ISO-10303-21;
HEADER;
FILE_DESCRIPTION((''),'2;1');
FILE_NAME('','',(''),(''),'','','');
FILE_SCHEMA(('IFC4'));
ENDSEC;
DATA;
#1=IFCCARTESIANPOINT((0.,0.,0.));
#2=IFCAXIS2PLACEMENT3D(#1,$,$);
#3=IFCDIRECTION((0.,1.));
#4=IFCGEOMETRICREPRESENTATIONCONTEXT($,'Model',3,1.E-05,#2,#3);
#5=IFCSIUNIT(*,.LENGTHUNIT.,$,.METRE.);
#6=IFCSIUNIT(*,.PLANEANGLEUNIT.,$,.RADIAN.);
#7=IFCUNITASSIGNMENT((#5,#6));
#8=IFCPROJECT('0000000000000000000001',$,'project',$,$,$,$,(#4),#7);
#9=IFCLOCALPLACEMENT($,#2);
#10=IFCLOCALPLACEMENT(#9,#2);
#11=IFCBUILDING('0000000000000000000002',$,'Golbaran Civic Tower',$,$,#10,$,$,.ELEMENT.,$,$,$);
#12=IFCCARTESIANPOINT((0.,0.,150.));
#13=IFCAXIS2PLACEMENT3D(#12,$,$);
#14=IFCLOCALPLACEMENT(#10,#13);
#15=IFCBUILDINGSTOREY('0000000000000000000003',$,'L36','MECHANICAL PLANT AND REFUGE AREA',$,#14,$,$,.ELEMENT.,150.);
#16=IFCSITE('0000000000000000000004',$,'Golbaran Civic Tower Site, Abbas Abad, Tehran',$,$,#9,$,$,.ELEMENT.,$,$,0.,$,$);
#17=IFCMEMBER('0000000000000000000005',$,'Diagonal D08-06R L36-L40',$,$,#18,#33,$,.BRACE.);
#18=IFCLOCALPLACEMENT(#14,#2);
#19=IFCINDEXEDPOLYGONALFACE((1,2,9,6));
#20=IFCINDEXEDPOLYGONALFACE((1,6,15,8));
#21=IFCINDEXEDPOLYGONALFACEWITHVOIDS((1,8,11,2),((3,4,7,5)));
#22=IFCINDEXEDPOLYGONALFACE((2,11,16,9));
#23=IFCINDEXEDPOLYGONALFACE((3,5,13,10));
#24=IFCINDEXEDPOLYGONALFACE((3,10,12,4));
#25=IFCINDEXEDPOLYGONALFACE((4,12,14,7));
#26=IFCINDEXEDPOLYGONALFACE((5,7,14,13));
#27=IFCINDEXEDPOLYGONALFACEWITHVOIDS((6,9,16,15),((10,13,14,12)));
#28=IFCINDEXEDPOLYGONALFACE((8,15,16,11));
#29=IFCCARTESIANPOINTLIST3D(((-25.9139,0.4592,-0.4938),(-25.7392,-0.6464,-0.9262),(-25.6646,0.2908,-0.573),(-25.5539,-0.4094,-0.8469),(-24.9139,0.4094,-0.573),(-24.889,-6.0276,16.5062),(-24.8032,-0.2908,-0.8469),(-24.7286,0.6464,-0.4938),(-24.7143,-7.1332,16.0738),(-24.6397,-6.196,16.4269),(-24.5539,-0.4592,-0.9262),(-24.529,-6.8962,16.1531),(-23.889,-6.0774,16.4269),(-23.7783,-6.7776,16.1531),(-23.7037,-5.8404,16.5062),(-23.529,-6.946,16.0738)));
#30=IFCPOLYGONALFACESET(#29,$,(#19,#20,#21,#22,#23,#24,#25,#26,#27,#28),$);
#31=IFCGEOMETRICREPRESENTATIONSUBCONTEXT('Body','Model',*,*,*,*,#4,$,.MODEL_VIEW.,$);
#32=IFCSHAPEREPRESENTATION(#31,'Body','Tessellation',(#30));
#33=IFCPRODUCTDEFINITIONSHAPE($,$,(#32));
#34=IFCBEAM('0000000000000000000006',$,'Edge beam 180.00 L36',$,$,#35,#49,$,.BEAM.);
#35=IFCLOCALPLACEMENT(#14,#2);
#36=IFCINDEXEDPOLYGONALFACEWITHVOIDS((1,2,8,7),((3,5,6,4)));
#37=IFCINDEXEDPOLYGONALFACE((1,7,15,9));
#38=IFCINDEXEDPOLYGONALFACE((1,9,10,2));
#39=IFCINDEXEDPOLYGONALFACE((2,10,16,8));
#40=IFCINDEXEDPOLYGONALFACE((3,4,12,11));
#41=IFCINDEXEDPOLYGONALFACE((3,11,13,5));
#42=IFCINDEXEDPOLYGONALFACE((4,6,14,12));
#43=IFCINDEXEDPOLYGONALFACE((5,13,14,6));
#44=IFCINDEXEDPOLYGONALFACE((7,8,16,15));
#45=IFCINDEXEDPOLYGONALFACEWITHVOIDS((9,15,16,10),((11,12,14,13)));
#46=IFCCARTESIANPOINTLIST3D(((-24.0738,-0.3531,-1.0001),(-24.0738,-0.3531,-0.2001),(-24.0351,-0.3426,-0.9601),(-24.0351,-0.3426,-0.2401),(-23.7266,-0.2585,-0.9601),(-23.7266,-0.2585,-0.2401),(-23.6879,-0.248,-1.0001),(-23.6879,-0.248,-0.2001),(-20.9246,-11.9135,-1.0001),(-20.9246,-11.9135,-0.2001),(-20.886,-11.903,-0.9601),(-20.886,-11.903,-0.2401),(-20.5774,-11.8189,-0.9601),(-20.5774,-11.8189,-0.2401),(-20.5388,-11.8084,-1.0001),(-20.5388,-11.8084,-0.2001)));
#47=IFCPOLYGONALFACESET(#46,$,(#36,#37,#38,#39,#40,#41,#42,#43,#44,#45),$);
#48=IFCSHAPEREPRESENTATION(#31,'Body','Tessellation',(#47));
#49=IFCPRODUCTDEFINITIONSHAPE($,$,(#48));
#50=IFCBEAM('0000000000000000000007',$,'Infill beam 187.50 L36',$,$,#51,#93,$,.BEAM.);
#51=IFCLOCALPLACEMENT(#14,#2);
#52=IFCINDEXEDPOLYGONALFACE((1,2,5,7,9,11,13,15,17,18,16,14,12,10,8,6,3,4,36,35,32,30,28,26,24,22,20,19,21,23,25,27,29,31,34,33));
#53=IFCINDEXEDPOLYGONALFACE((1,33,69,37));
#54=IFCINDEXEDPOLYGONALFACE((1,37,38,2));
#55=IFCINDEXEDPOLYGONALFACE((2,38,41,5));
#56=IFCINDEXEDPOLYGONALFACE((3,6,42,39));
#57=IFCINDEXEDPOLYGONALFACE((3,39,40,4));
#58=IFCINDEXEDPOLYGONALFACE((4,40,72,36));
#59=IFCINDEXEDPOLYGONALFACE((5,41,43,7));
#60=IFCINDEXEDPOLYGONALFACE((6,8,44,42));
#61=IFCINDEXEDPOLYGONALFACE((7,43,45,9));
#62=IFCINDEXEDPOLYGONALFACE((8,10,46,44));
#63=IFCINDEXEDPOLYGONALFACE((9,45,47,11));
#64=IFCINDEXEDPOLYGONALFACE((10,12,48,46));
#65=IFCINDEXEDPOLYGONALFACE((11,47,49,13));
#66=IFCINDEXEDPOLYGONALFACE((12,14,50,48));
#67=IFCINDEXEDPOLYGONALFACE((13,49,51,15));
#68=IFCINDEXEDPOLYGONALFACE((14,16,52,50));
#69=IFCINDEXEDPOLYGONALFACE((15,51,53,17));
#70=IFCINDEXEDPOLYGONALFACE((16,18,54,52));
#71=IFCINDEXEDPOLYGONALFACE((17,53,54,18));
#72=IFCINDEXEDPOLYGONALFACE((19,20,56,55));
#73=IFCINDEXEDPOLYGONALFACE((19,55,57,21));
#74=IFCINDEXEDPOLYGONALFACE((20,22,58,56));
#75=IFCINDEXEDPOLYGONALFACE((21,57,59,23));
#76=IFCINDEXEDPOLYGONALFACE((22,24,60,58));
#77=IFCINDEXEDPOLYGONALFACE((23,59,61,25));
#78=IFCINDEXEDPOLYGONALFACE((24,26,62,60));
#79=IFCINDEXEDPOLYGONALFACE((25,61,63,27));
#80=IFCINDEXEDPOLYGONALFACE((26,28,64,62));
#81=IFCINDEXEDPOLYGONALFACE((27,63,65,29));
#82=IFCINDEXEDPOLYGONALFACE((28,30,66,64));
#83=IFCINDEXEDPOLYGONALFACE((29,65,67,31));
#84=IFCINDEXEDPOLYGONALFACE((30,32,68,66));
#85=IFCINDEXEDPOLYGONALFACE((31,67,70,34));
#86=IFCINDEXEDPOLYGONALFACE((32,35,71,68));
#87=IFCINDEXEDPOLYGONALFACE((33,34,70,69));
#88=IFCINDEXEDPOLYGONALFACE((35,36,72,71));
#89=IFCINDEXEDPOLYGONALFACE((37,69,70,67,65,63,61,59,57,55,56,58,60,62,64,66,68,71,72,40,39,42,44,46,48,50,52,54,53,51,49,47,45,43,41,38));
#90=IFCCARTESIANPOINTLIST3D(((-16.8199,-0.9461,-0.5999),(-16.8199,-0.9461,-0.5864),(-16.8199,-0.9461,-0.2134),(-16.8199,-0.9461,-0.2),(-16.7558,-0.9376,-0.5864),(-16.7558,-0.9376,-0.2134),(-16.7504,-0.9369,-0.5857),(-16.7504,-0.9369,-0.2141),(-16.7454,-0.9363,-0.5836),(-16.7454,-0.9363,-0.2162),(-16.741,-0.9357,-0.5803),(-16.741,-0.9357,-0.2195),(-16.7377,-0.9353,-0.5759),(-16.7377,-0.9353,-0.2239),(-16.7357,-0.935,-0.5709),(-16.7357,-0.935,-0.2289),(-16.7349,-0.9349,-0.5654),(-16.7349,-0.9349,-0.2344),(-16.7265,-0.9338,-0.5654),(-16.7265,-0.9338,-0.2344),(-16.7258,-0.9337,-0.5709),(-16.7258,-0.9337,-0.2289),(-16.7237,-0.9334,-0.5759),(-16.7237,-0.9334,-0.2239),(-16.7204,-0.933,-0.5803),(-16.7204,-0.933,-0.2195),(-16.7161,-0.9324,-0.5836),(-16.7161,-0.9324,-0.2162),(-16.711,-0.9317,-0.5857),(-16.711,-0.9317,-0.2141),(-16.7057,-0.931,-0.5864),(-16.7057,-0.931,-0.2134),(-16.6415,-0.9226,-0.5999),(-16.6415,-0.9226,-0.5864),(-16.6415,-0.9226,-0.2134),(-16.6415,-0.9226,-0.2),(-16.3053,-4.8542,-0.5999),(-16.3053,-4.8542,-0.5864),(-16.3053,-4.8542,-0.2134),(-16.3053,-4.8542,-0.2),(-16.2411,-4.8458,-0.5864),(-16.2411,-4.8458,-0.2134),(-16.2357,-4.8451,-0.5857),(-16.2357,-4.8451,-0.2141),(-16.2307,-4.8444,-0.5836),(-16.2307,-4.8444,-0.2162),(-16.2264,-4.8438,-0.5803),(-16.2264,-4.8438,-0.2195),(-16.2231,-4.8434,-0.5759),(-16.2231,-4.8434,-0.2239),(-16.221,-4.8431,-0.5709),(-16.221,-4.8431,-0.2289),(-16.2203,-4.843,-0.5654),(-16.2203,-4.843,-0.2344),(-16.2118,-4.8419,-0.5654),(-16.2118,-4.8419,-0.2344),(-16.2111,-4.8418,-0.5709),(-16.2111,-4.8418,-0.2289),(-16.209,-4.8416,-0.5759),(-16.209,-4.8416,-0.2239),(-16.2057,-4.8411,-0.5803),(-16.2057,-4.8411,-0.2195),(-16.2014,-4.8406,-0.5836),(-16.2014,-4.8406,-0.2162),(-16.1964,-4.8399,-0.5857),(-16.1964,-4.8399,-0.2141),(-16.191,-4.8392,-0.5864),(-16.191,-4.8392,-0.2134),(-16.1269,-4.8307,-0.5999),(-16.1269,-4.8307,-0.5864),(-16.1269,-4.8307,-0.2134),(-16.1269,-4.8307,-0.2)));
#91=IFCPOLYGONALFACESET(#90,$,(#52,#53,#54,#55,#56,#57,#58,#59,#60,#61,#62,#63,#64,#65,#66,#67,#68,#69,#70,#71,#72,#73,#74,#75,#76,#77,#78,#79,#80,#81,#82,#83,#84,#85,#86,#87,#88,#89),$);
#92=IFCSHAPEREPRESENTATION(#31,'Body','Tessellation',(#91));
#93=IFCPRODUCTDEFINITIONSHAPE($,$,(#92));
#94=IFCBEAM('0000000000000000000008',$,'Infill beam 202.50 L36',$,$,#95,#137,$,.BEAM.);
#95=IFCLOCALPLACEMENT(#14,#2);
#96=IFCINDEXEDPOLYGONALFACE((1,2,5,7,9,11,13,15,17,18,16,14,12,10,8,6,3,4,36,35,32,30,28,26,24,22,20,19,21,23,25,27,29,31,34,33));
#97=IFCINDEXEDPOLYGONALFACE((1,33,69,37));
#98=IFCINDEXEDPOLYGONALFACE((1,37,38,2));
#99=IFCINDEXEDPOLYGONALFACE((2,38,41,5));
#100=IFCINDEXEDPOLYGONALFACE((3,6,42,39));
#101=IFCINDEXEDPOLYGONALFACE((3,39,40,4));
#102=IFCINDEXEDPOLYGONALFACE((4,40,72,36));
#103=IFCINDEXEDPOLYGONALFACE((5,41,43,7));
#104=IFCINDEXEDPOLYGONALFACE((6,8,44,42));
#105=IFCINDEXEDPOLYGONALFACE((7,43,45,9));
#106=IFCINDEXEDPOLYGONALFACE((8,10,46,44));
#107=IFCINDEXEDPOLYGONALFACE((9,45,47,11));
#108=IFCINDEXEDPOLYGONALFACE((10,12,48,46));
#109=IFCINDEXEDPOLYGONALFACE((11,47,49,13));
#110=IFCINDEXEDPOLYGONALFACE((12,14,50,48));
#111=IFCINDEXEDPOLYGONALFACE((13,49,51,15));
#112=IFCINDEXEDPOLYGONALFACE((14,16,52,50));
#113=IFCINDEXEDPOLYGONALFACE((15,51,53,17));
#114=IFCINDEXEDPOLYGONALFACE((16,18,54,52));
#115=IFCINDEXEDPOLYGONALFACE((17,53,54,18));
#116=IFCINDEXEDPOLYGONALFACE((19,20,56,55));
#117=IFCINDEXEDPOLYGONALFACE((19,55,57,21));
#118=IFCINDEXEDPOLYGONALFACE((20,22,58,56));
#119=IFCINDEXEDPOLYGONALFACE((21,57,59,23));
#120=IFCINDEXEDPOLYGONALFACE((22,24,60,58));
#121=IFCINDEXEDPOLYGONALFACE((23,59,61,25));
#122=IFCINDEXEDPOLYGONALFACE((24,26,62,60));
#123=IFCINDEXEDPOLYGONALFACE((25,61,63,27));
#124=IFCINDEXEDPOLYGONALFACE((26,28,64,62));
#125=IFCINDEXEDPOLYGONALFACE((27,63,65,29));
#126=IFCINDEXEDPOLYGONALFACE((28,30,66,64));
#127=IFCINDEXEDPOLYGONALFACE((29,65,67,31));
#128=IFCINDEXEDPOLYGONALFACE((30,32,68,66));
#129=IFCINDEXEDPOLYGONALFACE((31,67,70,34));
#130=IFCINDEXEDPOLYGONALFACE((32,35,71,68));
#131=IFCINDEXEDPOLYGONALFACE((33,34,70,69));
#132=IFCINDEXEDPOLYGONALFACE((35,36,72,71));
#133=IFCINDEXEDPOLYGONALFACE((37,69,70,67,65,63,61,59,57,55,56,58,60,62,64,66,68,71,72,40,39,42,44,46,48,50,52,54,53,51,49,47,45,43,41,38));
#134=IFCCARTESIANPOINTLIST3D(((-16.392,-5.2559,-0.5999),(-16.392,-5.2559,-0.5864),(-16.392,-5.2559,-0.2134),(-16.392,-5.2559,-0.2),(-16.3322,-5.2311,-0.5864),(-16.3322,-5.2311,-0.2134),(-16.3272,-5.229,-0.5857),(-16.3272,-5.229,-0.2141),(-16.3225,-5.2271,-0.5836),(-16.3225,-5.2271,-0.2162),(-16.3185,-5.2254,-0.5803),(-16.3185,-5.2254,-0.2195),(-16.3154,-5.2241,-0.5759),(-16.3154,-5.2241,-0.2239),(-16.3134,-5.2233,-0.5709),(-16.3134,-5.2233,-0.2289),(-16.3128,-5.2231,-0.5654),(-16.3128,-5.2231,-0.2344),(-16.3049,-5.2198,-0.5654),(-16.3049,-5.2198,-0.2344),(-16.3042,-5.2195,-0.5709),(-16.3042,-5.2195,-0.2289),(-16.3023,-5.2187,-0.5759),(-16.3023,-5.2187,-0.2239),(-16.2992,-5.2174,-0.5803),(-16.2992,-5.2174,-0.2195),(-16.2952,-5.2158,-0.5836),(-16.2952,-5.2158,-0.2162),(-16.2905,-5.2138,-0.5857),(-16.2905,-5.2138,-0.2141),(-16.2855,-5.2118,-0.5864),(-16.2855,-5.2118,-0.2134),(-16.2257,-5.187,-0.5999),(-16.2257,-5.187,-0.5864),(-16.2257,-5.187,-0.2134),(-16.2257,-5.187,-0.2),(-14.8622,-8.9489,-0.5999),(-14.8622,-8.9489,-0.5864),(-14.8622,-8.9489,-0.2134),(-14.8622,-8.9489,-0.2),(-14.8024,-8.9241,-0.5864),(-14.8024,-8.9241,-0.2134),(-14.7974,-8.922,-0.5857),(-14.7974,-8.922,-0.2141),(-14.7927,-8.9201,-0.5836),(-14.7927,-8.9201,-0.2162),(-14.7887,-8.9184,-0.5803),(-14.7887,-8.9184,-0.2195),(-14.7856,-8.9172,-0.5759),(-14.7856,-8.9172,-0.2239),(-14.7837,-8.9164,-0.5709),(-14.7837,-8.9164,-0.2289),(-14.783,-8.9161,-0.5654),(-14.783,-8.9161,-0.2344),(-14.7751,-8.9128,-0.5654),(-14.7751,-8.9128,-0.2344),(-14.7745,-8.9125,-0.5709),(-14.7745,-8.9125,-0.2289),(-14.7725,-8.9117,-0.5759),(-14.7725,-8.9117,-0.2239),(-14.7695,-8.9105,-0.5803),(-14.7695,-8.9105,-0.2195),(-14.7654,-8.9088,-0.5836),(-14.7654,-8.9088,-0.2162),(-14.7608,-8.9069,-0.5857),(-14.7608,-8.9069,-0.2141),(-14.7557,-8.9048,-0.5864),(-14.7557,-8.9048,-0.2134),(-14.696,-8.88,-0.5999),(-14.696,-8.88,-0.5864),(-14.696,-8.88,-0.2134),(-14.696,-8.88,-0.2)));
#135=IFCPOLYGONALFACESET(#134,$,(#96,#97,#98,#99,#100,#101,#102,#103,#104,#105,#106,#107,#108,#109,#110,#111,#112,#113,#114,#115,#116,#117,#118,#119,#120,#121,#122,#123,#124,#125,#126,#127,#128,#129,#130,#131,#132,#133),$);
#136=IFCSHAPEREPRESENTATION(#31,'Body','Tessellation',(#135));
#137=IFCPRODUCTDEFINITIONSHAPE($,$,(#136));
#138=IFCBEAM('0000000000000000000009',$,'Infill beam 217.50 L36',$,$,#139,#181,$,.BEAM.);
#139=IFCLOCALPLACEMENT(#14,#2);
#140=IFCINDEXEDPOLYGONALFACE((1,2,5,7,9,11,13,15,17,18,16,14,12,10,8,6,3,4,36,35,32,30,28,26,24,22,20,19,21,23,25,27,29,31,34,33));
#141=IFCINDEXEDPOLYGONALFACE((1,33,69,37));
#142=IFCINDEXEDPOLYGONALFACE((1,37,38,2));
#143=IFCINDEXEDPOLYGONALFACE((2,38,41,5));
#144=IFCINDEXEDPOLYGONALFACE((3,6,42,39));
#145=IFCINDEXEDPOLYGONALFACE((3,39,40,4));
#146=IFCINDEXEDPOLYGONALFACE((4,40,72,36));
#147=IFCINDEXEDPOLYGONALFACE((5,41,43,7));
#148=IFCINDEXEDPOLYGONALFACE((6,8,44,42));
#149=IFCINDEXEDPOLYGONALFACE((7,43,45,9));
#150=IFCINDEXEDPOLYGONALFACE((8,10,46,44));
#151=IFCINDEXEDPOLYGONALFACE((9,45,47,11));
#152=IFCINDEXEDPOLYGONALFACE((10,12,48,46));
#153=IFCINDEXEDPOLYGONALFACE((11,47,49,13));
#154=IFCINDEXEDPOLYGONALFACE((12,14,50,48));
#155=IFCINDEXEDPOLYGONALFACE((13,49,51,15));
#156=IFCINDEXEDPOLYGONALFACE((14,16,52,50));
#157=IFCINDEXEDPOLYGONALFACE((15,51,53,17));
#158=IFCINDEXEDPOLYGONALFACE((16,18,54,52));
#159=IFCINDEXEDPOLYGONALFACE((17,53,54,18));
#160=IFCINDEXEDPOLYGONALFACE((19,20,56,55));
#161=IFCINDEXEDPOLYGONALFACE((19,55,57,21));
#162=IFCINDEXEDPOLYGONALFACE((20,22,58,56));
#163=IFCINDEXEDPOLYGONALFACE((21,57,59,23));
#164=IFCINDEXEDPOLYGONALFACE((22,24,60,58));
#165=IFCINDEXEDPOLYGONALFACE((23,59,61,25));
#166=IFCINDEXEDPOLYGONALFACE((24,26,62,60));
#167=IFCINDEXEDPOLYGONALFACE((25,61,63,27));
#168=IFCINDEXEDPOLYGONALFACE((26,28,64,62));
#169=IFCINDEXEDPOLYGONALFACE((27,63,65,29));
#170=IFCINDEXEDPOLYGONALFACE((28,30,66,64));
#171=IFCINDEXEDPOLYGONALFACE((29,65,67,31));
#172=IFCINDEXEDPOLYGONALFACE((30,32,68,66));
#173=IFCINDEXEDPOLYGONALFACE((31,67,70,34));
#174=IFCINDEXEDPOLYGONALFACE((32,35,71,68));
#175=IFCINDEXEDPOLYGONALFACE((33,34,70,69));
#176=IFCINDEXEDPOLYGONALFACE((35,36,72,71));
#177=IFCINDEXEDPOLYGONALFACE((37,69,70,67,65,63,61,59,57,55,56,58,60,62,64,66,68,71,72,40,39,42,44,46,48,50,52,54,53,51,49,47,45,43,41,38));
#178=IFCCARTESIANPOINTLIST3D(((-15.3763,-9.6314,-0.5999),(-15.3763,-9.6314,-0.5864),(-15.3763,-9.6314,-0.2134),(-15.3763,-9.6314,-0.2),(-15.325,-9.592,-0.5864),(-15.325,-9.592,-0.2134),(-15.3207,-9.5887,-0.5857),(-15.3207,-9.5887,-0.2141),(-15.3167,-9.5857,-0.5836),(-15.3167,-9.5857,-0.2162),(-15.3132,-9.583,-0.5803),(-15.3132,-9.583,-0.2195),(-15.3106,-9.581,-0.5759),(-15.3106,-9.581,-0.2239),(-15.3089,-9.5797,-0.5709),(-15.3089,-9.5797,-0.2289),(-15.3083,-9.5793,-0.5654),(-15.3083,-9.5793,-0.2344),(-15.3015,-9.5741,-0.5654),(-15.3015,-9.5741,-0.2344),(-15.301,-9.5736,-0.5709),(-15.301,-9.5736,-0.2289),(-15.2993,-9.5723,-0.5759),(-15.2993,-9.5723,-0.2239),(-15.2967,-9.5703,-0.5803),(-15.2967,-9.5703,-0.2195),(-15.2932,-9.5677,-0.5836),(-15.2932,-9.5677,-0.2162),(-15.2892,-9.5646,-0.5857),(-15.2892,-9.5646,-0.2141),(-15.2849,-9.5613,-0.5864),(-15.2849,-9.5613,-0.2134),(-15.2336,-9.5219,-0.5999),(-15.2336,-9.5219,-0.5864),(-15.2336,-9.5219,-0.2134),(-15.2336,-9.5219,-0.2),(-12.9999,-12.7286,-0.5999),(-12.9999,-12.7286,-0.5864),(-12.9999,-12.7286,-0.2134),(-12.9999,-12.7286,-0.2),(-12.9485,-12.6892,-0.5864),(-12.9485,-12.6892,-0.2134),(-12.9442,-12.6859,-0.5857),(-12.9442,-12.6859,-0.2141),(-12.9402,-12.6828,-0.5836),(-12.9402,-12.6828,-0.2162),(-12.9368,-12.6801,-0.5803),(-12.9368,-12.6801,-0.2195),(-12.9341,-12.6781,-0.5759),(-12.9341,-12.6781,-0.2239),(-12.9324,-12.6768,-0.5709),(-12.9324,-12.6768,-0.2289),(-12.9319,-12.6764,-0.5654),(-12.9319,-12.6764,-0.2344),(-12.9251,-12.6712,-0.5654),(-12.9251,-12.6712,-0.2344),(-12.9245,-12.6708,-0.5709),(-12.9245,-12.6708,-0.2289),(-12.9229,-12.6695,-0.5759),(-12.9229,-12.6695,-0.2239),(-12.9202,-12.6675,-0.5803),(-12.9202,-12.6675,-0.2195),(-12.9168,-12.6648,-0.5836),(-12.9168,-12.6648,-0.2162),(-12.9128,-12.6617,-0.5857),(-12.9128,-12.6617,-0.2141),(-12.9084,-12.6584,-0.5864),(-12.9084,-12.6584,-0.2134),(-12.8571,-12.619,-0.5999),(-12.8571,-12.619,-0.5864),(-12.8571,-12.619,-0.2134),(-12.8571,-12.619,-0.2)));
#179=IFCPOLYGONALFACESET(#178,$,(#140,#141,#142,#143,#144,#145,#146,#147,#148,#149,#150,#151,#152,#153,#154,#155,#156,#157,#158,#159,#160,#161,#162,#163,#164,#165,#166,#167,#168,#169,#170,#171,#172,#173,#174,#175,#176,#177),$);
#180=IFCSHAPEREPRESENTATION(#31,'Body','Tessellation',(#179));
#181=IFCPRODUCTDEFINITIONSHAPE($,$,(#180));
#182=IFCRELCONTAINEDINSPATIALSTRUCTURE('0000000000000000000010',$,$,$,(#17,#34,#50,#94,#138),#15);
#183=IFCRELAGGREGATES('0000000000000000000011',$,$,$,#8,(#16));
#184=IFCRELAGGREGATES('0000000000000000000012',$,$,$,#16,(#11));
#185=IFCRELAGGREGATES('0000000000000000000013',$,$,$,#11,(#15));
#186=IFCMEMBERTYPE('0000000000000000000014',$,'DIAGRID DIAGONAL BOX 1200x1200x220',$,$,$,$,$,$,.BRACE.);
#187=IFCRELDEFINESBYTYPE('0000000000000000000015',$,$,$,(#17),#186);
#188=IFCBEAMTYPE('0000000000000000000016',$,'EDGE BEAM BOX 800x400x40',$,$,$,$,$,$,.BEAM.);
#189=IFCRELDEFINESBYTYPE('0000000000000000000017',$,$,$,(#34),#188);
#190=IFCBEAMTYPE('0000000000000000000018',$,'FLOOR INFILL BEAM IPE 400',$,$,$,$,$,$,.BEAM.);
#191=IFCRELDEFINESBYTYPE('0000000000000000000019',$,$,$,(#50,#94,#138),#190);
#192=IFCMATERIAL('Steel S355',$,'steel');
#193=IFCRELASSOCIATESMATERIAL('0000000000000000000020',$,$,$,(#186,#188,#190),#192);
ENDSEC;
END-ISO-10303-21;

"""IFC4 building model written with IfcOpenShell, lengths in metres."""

from ifc_helpers import new_model, si_unit, direction, frame, origin, origin_2d, place, context, subcontext, project, spatial, hollow_rectangle, i_section, extrude, material, material_profile, profile_set, type_object, element, save


model = new_model("IFC4")

# Units and contexts
model_context = context("Model", 3, precision=1e-05, world=origin(), true_north=direction((0.0, 1.0)))
body_context = subcontext(model_context, "Body", "Model", "MODEL_VIEW")
ifc_project = project(units=[si_unit("LENGTHUNIT", "METRE"), si_unit("PLANEANGLEUNIT", "RADIAN")], contexts=[model_context])

# Site, building, storey
site_placement = place(None, origin())
site = spatial("IfcSite", under=ifc_project, at=site_placement, Name="Golbaran Civic Tower Site, Abbas Abad, Tehran", CompositionType="ELEMENT", RefElevation=0.0)
building_placement = place(site_placement, origin())
building = spatial("IfcBuilding", under=site, at=building_placement, Name="Golbaran Civic Tower", CompositionType="ELEMENT")
storey_placement = place(building_placement, frame((0.0, 0.0, 150.0)))
storey = spatial("IfcBuildingStorey", under=building, at=storey_placement, Name="L36", Description="MECHANICAL PLANT AND REFUGE AREA", CompositionType="ELEMENT", Elevation=150.0)

# Member
ifc_material_1 = material(Name="Steel S355", Category="steel")
ifc_material_profile_1 = material_profile(ifc_material_1, hollow_rectangle(XDim=1.2, YDim=1.2, WallThickness=0.22, at=origin_2d()), Name="BOX 1200x1200x220")
ifc_profile_set_1 = profile_set([ifc_material_profile_1], Name="Steel S355")
member_type_1 = type_object("IfcMemberType", Name="DIAGRID DIAGONAL BOX 1200x1200x220", PredefinedType="BRACE", material=ifc_profile_set_1)
member_1_placement = place(storey_placement, frame((-25.2339, 0.0, -0.71), z_axis=(0.056238, -0.355941, 0.932815), x_axis=(0.987747, 0.156062, 0.0)))
element("IfcMember", 1, at=member_1_placement, inside=storey, type_object=member_type_1, Name="Diagonal D08-06R L36-L40", PredefinedType="BRACE", context=body_context, shape_type="SweptSolid", body=[
    extrude(hollow_rectangle(XDim=1.2, YDim=1.2, WallThickness=0.22, at=origin_2d()), origin(), (0.0, 0.0, 1.0), 18.2244),
])

# Beams
ifc_material_profile_2 = material_profile(ifc_material_1, hollow_rectangle(XDim=0.3999, YDim=0.8, WallThickness=0.04, at=origin_2d()), Name="BOX 800x400x40")
ifc_profile_set_2 = profile_set([ifc_material_profile_2], Name="Steel S355")
beam_type_1 = type_object("IfcBeamType", Name="EDGE BEAM BOX 800x400x40", PredefinedType="BEAM", material=ifc_profile_set_2)
beam_1_placement = place(storey_placement, frame((-23.8809, -0.3005, -0.6001), z_axis=(0.262829, -0.964842, 0.0), x_axis=(0.964842, 0.262829, 0.0)))
element("IfcBeam", 2, at=beam_1_placement, inside=storey, type_object=beam_type_1, Name="Edge beam 180.00 L36", PredefinedType="BEAM", context=body_context, shape_type="SweptSolid", body=[
    extrude(hollow_rectangle(XDim=0.3999, YDim=0.8, WallThickness=0.04, at=origin_2d()), origin(), (0.0, 0.0, 1.0), 11.9817),
])
ifc_material_profile_3 = material_profile(ifc_material_1, i_section(OverallWidth=0.1799, OverallDepth=0.3999, WebThickness=0.0085, FlangeThickness=0.0134, FilletRadius=0.021, at=origin_2d()), Name="IPE 400")
ifc_profile_set_3 = profile_set([ifc_material_profile_3], Name="Steel S355")
beam_type_2 = type_object("IfcBeamType", Name="FLOOR INFILL BEAM IPE 400", PredefinedType="BEAM", material=ifc_profile_set_3)
beam_2_placement = place(storey_placement, frame((-16.7307, -0.9343, -0.3999), z_axis=(0.130557, -0.991441, 0.0), x_axis=(0.991441, 0.130557, 0.0)))
element("IfcBeam", 3, at=beam_2_placement, inside=storey, type_object=beam_type_2, Name="Infill beam 187.50 L36", PredefinedType="BEAM", context=body_context, shape_type="SweptSolid", body=[
    extrude(i_section(OverallWidth=0.1799, OverallDepth=0.3999, WebThickness=0.0085, FlangeThickness=0.0134, FilletRadius=0.021, at=origin_2d()), origin(), (0.0, 0.0, 1.0), 3.9419),
])
beam_3_placement = place(storey_placement, frame((-16.3088, -5.2214, -0.3999), z_axis=(0.382693, -0.923875, 0.0), x_axis=(0.923875, 0.382693, 0.0)))
element("IfcBeam", 4, at=beam_3_placement, inside=storey, type_object=beam_type_2, Name="Infill beam 202.50 L36", PredefinedType="BEAM", context=body_context, shape_type="SweptSolid", body=[
    extrude(i_section(OverallWidth=0.1799, OverallDepth=0.3999, WebThickness=0.0085, FlangeThickness=0.0134, FilletRadius=0.021, at=origin_2d()), origin(), (0.0, 0.0, 1.0), 3.9973),
])
beam_4_placement = place(storey_placement, frame((-15.3049, -9.5767, -0.3999), z_axis=(0.608749, -0.793363, 0.0), x_axis=(0.793363, 0.608749, 0.0)))
element("IfcBeam", 5, at=beam_4_placement, inside=storey, type_object=beam_type_2, Name="Infill beam 217.50 L36", PredefinedType="BEAM", context=body_context, shape_type="SweptSolid", body=[
    extrude(i_section(OverallWidth=0.1799, OverallDepth=0.3999, WebThickness=0.0085, FlangeThickness=0.0134, FilletRadius=0.021, at=origin_2d()), origin(), (0.0, 0.0, 1.0), 3.9038),
])

save(model, "model.ifc")
